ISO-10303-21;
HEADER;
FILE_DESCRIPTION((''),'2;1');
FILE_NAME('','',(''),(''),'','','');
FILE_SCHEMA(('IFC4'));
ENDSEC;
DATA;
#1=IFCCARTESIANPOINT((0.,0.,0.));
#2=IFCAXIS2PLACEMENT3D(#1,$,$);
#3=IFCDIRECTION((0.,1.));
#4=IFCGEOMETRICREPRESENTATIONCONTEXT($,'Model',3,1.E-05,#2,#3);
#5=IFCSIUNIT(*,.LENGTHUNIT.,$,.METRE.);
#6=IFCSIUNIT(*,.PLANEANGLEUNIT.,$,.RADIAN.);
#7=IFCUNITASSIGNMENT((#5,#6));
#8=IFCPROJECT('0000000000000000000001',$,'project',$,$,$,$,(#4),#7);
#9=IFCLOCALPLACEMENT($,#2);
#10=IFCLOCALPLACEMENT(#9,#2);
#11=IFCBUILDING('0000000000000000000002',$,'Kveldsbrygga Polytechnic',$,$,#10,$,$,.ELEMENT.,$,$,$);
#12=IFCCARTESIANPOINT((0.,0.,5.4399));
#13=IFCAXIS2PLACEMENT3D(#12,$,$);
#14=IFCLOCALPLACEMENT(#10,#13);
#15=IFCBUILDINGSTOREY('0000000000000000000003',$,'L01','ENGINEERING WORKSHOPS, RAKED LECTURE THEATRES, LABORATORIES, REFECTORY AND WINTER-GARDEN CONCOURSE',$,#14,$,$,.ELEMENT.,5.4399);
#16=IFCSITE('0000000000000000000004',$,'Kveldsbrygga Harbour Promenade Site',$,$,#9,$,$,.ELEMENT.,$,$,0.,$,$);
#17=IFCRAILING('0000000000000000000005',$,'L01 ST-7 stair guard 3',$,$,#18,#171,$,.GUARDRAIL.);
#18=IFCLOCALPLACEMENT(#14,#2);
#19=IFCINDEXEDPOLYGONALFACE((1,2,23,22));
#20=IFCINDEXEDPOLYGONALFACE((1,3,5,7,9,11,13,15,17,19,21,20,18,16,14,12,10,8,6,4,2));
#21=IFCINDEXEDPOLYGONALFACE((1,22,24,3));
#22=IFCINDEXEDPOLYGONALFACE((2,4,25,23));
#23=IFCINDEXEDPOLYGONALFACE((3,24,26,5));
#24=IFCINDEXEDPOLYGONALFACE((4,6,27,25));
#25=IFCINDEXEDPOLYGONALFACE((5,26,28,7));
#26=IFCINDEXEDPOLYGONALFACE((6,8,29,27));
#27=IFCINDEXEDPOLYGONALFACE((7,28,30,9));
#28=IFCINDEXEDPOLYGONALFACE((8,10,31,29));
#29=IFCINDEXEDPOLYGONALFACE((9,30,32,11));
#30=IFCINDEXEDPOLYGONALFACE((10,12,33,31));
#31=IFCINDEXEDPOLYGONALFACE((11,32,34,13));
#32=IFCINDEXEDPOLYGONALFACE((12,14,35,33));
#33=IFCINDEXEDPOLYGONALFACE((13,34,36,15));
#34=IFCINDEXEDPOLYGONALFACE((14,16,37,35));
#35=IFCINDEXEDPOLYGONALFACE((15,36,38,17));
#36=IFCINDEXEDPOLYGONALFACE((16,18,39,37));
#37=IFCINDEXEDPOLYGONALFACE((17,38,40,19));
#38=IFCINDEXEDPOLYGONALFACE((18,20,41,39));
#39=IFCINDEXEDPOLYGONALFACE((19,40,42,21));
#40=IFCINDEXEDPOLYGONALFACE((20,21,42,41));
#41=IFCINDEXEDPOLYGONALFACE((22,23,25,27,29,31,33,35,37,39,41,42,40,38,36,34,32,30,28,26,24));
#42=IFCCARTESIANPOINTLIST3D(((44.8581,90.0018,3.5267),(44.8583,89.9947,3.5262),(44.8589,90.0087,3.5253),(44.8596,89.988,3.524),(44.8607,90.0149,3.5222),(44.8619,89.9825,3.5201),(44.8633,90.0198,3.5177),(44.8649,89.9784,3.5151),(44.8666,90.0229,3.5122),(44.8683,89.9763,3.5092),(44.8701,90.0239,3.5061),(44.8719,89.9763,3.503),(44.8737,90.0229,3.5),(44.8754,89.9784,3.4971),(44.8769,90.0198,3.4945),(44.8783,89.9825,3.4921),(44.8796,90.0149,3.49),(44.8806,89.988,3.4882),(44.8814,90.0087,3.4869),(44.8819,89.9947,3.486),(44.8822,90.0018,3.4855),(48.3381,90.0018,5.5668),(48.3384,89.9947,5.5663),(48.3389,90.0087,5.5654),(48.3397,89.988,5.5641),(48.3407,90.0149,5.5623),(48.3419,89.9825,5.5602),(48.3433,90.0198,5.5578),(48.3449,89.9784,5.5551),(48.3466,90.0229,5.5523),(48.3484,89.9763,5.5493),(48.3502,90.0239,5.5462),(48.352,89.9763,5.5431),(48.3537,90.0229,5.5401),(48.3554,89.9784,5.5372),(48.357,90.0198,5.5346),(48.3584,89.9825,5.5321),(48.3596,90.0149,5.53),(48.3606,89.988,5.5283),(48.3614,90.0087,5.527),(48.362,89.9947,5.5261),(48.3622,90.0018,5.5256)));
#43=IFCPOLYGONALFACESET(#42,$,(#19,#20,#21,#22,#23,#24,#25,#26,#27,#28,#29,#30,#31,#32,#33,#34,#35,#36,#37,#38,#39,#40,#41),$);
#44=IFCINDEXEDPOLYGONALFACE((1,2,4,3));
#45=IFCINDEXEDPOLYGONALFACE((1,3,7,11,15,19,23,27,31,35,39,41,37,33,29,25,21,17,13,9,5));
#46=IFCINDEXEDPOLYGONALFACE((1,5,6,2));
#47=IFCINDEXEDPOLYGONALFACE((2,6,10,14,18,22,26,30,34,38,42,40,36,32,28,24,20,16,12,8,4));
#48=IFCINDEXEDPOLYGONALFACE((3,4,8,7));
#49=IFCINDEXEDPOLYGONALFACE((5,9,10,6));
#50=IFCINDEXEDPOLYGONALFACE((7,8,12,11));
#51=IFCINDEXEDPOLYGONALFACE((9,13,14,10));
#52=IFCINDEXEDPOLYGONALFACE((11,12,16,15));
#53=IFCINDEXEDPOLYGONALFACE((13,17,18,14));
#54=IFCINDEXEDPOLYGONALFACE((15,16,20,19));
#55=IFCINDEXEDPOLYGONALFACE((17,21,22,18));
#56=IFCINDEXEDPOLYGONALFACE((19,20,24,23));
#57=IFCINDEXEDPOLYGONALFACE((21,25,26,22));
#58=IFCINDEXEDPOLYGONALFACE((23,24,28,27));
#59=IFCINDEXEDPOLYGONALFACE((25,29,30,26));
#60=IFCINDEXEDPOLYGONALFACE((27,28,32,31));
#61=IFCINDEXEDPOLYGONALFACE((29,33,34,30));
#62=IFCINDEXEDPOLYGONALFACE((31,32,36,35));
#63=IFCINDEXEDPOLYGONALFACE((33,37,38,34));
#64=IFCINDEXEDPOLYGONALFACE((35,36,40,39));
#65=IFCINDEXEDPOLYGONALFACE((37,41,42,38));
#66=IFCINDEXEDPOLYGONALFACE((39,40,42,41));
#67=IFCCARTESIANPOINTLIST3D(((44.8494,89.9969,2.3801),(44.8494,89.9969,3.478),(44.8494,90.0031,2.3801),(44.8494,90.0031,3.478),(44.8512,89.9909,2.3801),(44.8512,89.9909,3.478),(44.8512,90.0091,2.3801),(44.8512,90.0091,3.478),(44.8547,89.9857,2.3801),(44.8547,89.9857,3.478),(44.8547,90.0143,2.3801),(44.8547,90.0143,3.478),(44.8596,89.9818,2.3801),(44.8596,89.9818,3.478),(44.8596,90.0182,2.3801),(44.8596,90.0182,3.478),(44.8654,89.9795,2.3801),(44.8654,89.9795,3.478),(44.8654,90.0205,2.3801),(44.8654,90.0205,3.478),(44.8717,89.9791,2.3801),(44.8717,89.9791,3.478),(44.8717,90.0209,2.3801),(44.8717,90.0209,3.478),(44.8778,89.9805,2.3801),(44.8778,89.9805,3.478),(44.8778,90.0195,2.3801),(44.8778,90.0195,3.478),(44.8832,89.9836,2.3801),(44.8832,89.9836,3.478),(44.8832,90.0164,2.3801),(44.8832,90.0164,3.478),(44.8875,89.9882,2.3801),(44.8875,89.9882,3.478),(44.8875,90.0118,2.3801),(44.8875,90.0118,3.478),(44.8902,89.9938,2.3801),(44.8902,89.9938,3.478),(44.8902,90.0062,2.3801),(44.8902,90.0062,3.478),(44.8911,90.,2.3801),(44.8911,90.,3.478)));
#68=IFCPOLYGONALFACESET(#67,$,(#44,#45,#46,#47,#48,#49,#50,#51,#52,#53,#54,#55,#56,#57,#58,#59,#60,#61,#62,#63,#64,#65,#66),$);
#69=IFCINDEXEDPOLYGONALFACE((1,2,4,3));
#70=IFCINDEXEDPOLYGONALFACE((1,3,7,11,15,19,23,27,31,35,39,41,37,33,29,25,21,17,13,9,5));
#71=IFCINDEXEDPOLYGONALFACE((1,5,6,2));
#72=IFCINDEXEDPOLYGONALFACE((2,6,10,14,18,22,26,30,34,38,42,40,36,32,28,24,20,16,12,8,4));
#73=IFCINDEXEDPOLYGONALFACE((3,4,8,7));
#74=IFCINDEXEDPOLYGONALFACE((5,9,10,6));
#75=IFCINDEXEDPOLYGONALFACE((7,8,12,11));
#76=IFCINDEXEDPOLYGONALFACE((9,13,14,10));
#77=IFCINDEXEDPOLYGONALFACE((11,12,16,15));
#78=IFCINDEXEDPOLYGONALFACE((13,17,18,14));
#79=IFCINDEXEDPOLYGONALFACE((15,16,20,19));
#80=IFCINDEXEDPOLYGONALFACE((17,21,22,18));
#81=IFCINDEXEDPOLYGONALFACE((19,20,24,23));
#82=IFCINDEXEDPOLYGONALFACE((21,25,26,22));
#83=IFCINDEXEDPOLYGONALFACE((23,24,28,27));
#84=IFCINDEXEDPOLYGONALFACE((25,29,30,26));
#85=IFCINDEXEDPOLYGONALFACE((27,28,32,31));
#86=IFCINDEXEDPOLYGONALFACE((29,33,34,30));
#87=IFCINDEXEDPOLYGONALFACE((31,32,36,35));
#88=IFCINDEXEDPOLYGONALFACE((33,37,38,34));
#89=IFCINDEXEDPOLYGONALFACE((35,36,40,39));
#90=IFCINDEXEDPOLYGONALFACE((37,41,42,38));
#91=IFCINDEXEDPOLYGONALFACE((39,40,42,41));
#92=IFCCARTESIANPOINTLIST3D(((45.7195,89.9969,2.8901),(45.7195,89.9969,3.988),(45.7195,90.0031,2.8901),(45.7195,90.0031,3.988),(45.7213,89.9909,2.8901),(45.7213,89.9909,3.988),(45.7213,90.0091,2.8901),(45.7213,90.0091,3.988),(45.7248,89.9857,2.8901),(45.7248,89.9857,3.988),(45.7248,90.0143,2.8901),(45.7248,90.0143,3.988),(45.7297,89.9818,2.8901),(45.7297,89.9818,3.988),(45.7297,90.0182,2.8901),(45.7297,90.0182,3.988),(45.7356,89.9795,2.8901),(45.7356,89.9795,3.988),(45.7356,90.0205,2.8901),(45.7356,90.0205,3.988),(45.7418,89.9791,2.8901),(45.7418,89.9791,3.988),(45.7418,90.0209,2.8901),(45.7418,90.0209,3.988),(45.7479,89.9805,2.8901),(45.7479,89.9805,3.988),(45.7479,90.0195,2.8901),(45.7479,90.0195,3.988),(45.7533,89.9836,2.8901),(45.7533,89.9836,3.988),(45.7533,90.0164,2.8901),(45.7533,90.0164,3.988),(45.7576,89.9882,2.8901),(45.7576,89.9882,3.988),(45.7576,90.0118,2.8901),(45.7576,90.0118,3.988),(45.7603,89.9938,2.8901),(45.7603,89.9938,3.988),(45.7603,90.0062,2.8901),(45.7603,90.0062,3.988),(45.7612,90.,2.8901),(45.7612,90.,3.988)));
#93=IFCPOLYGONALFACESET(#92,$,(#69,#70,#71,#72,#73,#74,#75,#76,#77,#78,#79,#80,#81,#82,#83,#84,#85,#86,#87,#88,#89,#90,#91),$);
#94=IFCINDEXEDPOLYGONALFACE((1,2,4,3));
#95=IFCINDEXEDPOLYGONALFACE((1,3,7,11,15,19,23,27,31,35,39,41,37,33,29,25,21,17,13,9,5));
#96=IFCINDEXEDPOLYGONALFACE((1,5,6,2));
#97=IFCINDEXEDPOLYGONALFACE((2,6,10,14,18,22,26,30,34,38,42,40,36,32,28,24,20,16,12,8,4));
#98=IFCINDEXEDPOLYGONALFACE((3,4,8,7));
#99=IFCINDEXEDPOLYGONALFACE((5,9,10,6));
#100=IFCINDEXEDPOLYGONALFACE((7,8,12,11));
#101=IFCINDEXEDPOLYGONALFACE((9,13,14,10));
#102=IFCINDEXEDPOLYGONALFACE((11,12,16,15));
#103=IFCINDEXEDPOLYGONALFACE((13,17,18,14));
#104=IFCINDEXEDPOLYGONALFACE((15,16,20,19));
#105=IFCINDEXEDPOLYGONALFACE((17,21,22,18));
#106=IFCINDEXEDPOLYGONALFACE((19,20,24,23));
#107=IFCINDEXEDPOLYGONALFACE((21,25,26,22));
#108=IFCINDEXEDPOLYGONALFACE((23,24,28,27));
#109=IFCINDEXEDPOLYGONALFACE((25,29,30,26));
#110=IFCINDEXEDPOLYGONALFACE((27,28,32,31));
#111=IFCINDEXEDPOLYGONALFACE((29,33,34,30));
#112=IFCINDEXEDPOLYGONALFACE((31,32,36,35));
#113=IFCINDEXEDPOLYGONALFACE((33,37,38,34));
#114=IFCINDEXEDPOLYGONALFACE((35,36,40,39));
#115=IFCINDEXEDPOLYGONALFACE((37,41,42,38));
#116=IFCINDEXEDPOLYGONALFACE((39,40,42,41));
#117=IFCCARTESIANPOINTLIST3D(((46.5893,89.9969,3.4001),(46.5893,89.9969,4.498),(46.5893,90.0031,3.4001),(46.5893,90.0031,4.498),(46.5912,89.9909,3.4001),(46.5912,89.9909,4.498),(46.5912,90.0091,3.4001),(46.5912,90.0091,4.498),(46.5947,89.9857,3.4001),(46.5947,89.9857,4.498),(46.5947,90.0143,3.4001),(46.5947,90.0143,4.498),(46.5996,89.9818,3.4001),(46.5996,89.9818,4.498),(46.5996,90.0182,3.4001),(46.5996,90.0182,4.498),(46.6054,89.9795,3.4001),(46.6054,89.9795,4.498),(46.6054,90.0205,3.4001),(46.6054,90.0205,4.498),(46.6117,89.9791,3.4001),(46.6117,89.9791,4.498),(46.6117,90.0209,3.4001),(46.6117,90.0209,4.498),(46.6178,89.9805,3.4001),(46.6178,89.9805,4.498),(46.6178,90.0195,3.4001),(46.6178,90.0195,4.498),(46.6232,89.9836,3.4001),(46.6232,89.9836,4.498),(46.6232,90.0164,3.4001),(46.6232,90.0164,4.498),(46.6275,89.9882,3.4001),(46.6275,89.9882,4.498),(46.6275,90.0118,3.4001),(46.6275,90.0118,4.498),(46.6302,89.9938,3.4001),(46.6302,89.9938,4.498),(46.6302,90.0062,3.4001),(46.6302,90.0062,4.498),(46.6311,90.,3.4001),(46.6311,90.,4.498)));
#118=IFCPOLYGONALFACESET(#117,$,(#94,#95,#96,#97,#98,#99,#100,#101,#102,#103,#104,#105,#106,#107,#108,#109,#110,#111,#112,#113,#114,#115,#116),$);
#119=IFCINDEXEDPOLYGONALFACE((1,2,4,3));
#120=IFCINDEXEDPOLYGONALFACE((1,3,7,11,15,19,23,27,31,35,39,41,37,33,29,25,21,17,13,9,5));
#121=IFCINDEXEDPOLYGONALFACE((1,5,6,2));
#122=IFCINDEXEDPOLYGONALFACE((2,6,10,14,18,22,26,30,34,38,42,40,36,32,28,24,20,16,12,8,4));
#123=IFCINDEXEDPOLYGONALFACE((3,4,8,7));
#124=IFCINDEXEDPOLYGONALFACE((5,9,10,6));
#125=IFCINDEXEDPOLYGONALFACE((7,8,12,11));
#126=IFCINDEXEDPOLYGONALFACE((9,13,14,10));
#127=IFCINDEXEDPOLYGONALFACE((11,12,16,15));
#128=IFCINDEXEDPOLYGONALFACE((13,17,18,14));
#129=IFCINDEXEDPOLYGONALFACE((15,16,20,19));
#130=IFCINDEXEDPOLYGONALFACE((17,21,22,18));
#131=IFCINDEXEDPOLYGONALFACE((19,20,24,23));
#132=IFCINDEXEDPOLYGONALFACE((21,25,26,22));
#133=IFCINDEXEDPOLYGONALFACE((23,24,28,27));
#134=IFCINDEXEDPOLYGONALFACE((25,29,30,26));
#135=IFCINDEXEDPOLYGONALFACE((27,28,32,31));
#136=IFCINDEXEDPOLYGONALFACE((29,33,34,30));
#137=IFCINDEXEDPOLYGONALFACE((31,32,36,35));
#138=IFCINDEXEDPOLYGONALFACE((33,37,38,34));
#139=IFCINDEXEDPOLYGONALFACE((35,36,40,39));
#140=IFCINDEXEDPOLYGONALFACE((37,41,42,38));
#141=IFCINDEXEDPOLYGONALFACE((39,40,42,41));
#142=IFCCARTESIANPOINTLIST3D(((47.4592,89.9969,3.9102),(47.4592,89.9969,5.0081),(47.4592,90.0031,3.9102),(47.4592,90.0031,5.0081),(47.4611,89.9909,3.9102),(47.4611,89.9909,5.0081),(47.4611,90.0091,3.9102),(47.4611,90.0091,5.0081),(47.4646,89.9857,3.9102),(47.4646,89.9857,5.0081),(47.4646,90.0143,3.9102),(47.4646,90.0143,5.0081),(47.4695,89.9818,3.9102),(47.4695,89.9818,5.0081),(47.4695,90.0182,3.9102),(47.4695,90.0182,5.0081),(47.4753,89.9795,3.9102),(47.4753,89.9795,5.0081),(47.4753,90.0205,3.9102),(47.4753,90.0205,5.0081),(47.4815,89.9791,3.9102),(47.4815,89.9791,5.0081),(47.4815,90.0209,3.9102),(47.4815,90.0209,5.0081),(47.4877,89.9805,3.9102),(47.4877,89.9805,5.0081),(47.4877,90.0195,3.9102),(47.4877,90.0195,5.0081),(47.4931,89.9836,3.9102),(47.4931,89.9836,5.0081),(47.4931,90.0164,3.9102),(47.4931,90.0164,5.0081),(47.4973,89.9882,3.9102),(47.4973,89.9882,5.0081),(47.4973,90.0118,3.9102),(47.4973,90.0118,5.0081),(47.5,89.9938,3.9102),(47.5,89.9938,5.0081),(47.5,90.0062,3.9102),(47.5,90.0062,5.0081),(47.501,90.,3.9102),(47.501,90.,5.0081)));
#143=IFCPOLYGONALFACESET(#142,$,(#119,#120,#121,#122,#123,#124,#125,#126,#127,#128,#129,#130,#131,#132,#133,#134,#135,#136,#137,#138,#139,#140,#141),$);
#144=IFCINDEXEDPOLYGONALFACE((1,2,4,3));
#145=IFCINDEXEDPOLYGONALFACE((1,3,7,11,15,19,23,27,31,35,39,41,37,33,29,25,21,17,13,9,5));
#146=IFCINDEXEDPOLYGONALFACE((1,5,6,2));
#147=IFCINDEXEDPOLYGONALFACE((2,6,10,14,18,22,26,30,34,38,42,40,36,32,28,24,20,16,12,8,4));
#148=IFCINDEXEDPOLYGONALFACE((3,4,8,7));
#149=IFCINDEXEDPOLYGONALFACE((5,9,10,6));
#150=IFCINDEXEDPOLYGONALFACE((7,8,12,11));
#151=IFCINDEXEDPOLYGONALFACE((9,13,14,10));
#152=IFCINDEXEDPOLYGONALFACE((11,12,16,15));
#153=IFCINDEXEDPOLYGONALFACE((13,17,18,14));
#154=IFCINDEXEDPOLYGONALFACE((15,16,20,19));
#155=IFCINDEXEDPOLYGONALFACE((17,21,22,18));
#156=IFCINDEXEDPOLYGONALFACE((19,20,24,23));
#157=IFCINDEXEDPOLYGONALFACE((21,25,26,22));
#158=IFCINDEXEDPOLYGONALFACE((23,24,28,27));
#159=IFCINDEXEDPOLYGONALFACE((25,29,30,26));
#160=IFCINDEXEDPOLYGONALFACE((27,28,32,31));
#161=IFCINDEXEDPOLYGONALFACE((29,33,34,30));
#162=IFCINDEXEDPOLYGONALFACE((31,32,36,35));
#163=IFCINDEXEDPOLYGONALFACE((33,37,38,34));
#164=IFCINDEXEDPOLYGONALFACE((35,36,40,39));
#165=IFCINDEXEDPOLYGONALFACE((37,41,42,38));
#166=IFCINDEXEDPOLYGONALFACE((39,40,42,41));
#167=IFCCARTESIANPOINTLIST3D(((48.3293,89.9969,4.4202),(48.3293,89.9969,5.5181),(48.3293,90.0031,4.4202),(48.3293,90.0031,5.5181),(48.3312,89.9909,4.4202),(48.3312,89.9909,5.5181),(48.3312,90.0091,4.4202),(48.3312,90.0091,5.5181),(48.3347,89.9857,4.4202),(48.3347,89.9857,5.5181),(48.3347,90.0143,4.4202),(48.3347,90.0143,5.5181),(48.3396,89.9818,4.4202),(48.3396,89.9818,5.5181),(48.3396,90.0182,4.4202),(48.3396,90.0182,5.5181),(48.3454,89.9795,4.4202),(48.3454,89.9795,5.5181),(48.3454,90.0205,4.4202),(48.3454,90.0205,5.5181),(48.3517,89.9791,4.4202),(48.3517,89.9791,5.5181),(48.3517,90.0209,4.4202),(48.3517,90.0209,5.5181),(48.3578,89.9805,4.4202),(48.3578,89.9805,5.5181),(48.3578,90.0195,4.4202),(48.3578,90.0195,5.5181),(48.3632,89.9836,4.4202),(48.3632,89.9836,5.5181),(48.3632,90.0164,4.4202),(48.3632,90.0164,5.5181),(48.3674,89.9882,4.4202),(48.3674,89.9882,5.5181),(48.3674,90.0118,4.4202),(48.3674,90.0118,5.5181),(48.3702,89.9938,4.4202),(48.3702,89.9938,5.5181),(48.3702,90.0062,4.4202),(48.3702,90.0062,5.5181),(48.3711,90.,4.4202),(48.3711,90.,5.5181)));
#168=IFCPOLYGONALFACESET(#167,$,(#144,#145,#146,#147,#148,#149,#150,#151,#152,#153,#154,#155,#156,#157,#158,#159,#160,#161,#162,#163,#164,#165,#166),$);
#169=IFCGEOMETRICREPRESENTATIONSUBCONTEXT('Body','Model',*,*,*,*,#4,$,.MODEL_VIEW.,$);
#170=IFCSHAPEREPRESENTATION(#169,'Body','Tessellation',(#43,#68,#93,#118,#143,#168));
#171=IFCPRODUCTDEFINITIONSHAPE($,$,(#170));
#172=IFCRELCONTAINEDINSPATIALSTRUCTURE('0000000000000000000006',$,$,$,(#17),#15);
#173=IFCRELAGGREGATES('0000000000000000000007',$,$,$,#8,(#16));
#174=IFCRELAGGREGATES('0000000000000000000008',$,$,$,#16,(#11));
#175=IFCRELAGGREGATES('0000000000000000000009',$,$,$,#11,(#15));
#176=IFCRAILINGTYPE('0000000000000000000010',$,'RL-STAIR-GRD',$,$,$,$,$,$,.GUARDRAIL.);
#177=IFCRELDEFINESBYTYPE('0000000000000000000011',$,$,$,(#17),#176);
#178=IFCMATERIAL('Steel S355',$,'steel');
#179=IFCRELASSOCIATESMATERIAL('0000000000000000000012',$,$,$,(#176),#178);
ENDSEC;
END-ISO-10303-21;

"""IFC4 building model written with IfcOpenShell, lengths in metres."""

from ifc_helpers import new_model, si_unit, direction, frame, origin, origin_2d, place, context, subcontext, project, spatial, circle, extrude, material, type_object, element, save


model = new_model("IFC4")

# Units and contexts
model_context = context("Model", 3, precision=1e-05, world=origin(), true_north=direction((0.0, 1.0)))
body_context = subcontext(model_context, "Body", "Model", "MODEL_VIEW")
ifc_project = project(units=[si_unit("LENGTHUNIT", "METRE"), si_unit("PLANEANGLEUNIT", "RADIAN")], contexts=[model_context])

# Site, building, storey
site_placement = place(None, origin())
site = spatial("IfcSite", under=ifc_project, at=site_placement, Name="Kveldsbrygga Harbour Promenade Site", CompositionType="ELEMENT", RefElevation=0.0)
building_placement = place(site_placement, origin())
building = spatial("IfcBuilding", under=site, at=building_placement, Name="Kveldsbrygga Polytechnic", CompositionType="ELEMENT")
storey_placement = place(building_placement, frame((0.0, 0.0, 5.4399)))
storey = spatial("IfcBuildingStorey", under=building, at=storey_placement, Name="L01", Description="ENGINEERING WORKSHOPS, RAKED LECTURE THEATRES, LABORATORIES, REFECTORY AND WINTER-GARDEN CONCOURSE", CompositionType="ELEMENT", Elevation=5.4399)

# Shared definitions
ifc_material_1 = material(Name="Steel S355", Category="steel")

# Railing
railing_type_1 = type_object("IfcRailingType", Name="RL-STAIR-GRD", PredefinedType="GUARDRAIL", material=ifc_material_1)
railing_1_placement = place(storey_placement, frame((44.8701, 90.0, 2.3801)))
element("IfcRailing", 1, at=railing_1_placement, inside=storey, type_object=railing_type_1, Name="L01 ST-7 stair guard 3", PredefinedType="GUARDRAIL", context=body_context, shape_type="SweptSolid", body=[
    extrude(circle(Radius=0.0239, at=origin_2d()), frame((0.0, 0.0, 1.126), z_axis=(0.862693, 0.0, 0.505729), x_axis=(0.0, 1.0, 0.0)), (0.0, 0.0, 1.0), 4.0339),
    extrude(circle(Radius=0.021, at=origin_2d()), origin(), (0.0, 0.0, 1.0), 1.0979),
    extrude(circle(Radius=0.021, at=origin_2d()), frame((0.8701, 0.0, 0.51)), (0.0, 0.0, 1.0), 1.0979),
    extrude(circle(Radius=0.021, at=origin_2d()), frame((1.74, 0.0, 1.02)), (0.0, 0.0, 1.0), 1.0979),
    extrude(circle(Radius=0.021, at=origin_2d()), frame((2.6099, 0.0, 1.53)), (0.0, 0.0, 1.0), 1.0979),
    extrude(circle(Radius=0.021, at=origin_2d()), frame((3.48, 0.0, 2.04)), (0.0, 0.0, 1.0), 1.0979),
])

save(model, "model.ifc")
